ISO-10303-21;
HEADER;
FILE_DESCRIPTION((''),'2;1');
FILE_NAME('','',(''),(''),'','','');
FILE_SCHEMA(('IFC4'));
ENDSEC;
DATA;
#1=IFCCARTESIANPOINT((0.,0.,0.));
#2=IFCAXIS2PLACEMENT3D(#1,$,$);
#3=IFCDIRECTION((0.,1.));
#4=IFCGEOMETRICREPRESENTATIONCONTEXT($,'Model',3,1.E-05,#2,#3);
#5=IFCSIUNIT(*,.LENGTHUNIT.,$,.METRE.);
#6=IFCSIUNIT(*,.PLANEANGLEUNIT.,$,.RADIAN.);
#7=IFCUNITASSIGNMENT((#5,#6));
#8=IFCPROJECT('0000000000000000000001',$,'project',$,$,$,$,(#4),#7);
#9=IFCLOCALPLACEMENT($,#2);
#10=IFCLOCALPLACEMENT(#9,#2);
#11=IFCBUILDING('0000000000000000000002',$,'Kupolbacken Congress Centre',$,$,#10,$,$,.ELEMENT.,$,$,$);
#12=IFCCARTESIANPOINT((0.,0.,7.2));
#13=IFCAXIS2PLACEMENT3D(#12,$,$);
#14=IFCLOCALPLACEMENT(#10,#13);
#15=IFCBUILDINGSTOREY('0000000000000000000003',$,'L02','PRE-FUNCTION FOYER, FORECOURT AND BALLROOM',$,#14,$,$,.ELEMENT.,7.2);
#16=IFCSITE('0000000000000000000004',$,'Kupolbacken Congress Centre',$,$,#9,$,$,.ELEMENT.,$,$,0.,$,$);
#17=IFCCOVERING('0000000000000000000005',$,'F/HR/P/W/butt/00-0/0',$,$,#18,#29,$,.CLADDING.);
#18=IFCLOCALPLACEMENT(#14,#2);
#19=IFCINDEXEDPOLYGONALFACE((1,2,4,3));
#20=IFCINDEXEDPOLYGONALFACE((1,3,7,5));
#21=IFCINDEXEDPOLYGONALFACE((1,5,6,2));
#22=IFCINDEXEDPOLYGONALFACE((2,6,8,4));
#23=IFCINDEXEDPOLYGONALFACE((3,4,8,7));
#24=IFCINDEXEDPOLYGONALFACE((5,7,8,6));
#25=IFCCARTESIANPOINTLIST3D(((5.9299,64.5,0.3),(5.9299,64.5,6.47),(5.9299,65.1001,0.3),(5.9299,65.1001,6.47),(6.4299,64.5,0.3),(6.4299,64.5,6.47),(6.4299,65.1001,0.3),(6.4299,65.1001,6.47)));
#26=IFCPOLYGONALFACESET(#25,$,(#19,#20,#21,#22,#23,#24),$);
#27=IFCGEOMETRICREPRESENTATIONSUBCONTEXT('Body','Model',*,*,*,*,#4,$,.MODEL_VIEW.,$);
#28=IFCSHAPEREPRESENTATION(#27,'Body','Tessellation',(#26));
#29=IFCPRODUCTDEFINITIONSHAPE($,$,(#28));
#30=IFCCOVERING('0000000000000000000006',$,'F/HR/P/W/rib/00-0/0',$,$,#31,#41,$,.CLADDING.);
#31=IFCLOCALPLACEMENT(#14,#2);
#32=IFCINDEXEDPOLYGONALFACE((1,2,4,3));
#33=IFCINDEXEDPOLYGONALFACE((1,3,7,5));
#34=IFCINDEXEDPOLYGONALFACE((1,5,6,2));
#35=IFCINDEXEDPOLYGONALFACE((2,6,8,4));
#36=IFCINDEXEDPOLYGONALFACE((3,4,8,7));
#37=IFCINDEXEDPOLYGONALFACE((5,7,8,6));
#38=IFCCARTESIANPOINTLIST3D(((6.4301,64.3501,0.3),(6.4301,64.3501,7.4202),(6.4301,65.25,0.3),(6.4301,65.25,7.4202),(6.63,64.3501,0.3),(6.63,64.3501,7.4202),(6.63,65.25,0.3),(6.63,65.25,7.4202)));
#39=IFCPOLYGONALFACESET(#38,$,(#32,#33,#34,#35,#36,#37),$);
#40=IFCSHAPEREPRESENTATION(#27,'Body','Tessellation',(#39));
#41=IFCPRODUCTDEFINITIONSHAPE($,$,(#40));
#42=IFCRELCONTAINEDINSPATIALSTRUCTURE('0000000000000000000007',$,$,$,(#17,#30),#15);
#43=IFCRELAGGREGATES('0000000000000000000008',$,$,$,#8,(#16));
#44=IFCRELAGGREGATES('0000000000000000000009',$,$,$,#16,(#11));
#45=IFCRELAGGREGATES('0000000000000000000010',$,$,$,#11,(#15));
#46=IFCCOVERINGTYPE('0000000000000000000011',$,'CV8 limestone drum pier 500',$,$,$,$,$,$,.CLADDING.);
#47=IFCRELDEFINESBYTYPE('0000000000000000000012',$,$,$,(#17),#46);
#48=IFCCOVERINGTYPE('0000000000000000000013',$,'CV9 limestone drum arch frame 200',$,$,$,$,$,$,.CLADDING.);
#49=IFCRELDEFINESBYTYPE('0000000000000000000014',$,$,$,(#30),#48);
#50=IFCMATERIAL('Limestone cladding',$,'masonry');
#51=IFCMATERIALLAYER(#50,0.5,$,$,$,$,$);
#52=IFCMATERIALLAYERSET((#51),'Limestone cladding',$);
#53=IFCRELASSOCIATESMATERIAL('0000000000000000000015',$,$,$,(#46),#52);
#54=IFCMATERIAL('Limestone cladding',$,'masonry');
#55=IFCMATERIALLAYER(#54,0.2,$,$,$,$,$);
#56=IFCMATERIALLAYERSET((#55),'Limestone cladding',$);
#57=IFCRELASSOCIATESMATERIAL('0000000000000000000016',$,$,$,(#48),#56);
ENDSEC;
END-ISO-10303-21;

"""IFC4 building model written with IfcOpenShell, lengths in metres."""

from ifc_helpers import new_model, si_unit, direction, frame, origin, origin_2d, place, context, subcontext, project, spatial, rectangle, extrude, material, layer, layer_set, type_object, element, save


model = new_model("IFC4")

# Units and contexts
model_context = context("Model", 3, precision=1e-05, world=origin(), true_north=direction((0.0, 1.0)))
body_context = subcontext(model_context, "Body", "Model", "MODEL_VIEW")
ifc_project = project(units=[si_unit("LENGTHUNIT", "METRE"), si_unit("PLANEANGLEUNIT", "RADIAN")], contexts=[model_context])

# Site, building, storey
site_placement = place(None, origin())
site = spatial("IfcSite", under=ifc_project, at=site_placement, Name="Kupolbacken Congress Centre", CompositionType="ELEMENT", RefElevation=0.0)
building_placement = place(site_placement, origin())
building = spatial("IfcBuilding", under=site, at=building_placement, Name="Kupolbacken Congress Centre", CompositionType="ELEMENT")
storey_placement = place(building_placement, frame((0.0, 0.0, 7.2)))
storey = spatial("IfcBuildingStorey", under=building, at=storey_placement, Name="L02", Description="PRE-FUNCTION FOYER, FORECOURT AND BALLROOM", CompositionType="ELEMENT", Elevation=7.2)

# Coverings
ifc_material_1 = material(Name="Limestone cladding", Category="masonry")
ifc_layer_1 = layer(ifc_material_1, 0.5)
ifc_layer_set_1 = layer_set([ifc_layer_1], Name="Limestone cladding")
covering_type_1 = type_object("IfcCoveringType", Name="CV8 limestone drum pier 500", PredefinedType="CLADDING", material=ifc_layer_set_1)
covering_1_placement = place(storey_placement, frame((6.1799, 64.8, 0.3), z_axis=(0.0, 0.0, 1.0), x_axis=(0.0, 1.0, 0.0)))
element("IfcCovering", 1, at=covering_1_placement, inside=storey, type_object=covering_type_1, Name="F/HR/P/W/butt/00-0/0", PredefinedType="CLADDING", context=body_context, shape_type="SweptSolid", body=[
    extrude(rectangle(XDim=0.6001, YDim=0.5, at=origin_2d()), origin(), (0.0, 0.0, 1.0), 6.1699),
])
ifc_material_2 = material(Name="Limestone cladding", Category="masonry")
ifc_layer_2 = layer(ifc_material_2, 0.2)
ifc_layer_set_2 = layer_set([ifc_layer_2], Name="Limestone cladding")
covering_type_2 = type_object("IfcCoveringType", Name="CV9 limestone drum arch frame 200", PredefinedType="CLADDING", material=ifc_layer_set_2)
covering_2_placement = place(storey_placement, frame((6.53, 64.8, 0.3), z_axis=(0.0, 0.0, 1.0), x_axis=(0.0, 1.0, 0.0)))
element("IfcCovering", 2, at=covering_2_placement, inside=storey, type_object=covering_type_2, Name="F/HR/P/W/rib/00-0/0", PredefinedType="CLADDING", context=body_context, shape_type="SweptSolid", body=[
    extrude(rectangle(XDim=0.8999, YDim=0.2, at=origin_2d()), origin(), (0.0, 0.0, 1.0), 7.1201),
])

save(model, "model.ifc")
